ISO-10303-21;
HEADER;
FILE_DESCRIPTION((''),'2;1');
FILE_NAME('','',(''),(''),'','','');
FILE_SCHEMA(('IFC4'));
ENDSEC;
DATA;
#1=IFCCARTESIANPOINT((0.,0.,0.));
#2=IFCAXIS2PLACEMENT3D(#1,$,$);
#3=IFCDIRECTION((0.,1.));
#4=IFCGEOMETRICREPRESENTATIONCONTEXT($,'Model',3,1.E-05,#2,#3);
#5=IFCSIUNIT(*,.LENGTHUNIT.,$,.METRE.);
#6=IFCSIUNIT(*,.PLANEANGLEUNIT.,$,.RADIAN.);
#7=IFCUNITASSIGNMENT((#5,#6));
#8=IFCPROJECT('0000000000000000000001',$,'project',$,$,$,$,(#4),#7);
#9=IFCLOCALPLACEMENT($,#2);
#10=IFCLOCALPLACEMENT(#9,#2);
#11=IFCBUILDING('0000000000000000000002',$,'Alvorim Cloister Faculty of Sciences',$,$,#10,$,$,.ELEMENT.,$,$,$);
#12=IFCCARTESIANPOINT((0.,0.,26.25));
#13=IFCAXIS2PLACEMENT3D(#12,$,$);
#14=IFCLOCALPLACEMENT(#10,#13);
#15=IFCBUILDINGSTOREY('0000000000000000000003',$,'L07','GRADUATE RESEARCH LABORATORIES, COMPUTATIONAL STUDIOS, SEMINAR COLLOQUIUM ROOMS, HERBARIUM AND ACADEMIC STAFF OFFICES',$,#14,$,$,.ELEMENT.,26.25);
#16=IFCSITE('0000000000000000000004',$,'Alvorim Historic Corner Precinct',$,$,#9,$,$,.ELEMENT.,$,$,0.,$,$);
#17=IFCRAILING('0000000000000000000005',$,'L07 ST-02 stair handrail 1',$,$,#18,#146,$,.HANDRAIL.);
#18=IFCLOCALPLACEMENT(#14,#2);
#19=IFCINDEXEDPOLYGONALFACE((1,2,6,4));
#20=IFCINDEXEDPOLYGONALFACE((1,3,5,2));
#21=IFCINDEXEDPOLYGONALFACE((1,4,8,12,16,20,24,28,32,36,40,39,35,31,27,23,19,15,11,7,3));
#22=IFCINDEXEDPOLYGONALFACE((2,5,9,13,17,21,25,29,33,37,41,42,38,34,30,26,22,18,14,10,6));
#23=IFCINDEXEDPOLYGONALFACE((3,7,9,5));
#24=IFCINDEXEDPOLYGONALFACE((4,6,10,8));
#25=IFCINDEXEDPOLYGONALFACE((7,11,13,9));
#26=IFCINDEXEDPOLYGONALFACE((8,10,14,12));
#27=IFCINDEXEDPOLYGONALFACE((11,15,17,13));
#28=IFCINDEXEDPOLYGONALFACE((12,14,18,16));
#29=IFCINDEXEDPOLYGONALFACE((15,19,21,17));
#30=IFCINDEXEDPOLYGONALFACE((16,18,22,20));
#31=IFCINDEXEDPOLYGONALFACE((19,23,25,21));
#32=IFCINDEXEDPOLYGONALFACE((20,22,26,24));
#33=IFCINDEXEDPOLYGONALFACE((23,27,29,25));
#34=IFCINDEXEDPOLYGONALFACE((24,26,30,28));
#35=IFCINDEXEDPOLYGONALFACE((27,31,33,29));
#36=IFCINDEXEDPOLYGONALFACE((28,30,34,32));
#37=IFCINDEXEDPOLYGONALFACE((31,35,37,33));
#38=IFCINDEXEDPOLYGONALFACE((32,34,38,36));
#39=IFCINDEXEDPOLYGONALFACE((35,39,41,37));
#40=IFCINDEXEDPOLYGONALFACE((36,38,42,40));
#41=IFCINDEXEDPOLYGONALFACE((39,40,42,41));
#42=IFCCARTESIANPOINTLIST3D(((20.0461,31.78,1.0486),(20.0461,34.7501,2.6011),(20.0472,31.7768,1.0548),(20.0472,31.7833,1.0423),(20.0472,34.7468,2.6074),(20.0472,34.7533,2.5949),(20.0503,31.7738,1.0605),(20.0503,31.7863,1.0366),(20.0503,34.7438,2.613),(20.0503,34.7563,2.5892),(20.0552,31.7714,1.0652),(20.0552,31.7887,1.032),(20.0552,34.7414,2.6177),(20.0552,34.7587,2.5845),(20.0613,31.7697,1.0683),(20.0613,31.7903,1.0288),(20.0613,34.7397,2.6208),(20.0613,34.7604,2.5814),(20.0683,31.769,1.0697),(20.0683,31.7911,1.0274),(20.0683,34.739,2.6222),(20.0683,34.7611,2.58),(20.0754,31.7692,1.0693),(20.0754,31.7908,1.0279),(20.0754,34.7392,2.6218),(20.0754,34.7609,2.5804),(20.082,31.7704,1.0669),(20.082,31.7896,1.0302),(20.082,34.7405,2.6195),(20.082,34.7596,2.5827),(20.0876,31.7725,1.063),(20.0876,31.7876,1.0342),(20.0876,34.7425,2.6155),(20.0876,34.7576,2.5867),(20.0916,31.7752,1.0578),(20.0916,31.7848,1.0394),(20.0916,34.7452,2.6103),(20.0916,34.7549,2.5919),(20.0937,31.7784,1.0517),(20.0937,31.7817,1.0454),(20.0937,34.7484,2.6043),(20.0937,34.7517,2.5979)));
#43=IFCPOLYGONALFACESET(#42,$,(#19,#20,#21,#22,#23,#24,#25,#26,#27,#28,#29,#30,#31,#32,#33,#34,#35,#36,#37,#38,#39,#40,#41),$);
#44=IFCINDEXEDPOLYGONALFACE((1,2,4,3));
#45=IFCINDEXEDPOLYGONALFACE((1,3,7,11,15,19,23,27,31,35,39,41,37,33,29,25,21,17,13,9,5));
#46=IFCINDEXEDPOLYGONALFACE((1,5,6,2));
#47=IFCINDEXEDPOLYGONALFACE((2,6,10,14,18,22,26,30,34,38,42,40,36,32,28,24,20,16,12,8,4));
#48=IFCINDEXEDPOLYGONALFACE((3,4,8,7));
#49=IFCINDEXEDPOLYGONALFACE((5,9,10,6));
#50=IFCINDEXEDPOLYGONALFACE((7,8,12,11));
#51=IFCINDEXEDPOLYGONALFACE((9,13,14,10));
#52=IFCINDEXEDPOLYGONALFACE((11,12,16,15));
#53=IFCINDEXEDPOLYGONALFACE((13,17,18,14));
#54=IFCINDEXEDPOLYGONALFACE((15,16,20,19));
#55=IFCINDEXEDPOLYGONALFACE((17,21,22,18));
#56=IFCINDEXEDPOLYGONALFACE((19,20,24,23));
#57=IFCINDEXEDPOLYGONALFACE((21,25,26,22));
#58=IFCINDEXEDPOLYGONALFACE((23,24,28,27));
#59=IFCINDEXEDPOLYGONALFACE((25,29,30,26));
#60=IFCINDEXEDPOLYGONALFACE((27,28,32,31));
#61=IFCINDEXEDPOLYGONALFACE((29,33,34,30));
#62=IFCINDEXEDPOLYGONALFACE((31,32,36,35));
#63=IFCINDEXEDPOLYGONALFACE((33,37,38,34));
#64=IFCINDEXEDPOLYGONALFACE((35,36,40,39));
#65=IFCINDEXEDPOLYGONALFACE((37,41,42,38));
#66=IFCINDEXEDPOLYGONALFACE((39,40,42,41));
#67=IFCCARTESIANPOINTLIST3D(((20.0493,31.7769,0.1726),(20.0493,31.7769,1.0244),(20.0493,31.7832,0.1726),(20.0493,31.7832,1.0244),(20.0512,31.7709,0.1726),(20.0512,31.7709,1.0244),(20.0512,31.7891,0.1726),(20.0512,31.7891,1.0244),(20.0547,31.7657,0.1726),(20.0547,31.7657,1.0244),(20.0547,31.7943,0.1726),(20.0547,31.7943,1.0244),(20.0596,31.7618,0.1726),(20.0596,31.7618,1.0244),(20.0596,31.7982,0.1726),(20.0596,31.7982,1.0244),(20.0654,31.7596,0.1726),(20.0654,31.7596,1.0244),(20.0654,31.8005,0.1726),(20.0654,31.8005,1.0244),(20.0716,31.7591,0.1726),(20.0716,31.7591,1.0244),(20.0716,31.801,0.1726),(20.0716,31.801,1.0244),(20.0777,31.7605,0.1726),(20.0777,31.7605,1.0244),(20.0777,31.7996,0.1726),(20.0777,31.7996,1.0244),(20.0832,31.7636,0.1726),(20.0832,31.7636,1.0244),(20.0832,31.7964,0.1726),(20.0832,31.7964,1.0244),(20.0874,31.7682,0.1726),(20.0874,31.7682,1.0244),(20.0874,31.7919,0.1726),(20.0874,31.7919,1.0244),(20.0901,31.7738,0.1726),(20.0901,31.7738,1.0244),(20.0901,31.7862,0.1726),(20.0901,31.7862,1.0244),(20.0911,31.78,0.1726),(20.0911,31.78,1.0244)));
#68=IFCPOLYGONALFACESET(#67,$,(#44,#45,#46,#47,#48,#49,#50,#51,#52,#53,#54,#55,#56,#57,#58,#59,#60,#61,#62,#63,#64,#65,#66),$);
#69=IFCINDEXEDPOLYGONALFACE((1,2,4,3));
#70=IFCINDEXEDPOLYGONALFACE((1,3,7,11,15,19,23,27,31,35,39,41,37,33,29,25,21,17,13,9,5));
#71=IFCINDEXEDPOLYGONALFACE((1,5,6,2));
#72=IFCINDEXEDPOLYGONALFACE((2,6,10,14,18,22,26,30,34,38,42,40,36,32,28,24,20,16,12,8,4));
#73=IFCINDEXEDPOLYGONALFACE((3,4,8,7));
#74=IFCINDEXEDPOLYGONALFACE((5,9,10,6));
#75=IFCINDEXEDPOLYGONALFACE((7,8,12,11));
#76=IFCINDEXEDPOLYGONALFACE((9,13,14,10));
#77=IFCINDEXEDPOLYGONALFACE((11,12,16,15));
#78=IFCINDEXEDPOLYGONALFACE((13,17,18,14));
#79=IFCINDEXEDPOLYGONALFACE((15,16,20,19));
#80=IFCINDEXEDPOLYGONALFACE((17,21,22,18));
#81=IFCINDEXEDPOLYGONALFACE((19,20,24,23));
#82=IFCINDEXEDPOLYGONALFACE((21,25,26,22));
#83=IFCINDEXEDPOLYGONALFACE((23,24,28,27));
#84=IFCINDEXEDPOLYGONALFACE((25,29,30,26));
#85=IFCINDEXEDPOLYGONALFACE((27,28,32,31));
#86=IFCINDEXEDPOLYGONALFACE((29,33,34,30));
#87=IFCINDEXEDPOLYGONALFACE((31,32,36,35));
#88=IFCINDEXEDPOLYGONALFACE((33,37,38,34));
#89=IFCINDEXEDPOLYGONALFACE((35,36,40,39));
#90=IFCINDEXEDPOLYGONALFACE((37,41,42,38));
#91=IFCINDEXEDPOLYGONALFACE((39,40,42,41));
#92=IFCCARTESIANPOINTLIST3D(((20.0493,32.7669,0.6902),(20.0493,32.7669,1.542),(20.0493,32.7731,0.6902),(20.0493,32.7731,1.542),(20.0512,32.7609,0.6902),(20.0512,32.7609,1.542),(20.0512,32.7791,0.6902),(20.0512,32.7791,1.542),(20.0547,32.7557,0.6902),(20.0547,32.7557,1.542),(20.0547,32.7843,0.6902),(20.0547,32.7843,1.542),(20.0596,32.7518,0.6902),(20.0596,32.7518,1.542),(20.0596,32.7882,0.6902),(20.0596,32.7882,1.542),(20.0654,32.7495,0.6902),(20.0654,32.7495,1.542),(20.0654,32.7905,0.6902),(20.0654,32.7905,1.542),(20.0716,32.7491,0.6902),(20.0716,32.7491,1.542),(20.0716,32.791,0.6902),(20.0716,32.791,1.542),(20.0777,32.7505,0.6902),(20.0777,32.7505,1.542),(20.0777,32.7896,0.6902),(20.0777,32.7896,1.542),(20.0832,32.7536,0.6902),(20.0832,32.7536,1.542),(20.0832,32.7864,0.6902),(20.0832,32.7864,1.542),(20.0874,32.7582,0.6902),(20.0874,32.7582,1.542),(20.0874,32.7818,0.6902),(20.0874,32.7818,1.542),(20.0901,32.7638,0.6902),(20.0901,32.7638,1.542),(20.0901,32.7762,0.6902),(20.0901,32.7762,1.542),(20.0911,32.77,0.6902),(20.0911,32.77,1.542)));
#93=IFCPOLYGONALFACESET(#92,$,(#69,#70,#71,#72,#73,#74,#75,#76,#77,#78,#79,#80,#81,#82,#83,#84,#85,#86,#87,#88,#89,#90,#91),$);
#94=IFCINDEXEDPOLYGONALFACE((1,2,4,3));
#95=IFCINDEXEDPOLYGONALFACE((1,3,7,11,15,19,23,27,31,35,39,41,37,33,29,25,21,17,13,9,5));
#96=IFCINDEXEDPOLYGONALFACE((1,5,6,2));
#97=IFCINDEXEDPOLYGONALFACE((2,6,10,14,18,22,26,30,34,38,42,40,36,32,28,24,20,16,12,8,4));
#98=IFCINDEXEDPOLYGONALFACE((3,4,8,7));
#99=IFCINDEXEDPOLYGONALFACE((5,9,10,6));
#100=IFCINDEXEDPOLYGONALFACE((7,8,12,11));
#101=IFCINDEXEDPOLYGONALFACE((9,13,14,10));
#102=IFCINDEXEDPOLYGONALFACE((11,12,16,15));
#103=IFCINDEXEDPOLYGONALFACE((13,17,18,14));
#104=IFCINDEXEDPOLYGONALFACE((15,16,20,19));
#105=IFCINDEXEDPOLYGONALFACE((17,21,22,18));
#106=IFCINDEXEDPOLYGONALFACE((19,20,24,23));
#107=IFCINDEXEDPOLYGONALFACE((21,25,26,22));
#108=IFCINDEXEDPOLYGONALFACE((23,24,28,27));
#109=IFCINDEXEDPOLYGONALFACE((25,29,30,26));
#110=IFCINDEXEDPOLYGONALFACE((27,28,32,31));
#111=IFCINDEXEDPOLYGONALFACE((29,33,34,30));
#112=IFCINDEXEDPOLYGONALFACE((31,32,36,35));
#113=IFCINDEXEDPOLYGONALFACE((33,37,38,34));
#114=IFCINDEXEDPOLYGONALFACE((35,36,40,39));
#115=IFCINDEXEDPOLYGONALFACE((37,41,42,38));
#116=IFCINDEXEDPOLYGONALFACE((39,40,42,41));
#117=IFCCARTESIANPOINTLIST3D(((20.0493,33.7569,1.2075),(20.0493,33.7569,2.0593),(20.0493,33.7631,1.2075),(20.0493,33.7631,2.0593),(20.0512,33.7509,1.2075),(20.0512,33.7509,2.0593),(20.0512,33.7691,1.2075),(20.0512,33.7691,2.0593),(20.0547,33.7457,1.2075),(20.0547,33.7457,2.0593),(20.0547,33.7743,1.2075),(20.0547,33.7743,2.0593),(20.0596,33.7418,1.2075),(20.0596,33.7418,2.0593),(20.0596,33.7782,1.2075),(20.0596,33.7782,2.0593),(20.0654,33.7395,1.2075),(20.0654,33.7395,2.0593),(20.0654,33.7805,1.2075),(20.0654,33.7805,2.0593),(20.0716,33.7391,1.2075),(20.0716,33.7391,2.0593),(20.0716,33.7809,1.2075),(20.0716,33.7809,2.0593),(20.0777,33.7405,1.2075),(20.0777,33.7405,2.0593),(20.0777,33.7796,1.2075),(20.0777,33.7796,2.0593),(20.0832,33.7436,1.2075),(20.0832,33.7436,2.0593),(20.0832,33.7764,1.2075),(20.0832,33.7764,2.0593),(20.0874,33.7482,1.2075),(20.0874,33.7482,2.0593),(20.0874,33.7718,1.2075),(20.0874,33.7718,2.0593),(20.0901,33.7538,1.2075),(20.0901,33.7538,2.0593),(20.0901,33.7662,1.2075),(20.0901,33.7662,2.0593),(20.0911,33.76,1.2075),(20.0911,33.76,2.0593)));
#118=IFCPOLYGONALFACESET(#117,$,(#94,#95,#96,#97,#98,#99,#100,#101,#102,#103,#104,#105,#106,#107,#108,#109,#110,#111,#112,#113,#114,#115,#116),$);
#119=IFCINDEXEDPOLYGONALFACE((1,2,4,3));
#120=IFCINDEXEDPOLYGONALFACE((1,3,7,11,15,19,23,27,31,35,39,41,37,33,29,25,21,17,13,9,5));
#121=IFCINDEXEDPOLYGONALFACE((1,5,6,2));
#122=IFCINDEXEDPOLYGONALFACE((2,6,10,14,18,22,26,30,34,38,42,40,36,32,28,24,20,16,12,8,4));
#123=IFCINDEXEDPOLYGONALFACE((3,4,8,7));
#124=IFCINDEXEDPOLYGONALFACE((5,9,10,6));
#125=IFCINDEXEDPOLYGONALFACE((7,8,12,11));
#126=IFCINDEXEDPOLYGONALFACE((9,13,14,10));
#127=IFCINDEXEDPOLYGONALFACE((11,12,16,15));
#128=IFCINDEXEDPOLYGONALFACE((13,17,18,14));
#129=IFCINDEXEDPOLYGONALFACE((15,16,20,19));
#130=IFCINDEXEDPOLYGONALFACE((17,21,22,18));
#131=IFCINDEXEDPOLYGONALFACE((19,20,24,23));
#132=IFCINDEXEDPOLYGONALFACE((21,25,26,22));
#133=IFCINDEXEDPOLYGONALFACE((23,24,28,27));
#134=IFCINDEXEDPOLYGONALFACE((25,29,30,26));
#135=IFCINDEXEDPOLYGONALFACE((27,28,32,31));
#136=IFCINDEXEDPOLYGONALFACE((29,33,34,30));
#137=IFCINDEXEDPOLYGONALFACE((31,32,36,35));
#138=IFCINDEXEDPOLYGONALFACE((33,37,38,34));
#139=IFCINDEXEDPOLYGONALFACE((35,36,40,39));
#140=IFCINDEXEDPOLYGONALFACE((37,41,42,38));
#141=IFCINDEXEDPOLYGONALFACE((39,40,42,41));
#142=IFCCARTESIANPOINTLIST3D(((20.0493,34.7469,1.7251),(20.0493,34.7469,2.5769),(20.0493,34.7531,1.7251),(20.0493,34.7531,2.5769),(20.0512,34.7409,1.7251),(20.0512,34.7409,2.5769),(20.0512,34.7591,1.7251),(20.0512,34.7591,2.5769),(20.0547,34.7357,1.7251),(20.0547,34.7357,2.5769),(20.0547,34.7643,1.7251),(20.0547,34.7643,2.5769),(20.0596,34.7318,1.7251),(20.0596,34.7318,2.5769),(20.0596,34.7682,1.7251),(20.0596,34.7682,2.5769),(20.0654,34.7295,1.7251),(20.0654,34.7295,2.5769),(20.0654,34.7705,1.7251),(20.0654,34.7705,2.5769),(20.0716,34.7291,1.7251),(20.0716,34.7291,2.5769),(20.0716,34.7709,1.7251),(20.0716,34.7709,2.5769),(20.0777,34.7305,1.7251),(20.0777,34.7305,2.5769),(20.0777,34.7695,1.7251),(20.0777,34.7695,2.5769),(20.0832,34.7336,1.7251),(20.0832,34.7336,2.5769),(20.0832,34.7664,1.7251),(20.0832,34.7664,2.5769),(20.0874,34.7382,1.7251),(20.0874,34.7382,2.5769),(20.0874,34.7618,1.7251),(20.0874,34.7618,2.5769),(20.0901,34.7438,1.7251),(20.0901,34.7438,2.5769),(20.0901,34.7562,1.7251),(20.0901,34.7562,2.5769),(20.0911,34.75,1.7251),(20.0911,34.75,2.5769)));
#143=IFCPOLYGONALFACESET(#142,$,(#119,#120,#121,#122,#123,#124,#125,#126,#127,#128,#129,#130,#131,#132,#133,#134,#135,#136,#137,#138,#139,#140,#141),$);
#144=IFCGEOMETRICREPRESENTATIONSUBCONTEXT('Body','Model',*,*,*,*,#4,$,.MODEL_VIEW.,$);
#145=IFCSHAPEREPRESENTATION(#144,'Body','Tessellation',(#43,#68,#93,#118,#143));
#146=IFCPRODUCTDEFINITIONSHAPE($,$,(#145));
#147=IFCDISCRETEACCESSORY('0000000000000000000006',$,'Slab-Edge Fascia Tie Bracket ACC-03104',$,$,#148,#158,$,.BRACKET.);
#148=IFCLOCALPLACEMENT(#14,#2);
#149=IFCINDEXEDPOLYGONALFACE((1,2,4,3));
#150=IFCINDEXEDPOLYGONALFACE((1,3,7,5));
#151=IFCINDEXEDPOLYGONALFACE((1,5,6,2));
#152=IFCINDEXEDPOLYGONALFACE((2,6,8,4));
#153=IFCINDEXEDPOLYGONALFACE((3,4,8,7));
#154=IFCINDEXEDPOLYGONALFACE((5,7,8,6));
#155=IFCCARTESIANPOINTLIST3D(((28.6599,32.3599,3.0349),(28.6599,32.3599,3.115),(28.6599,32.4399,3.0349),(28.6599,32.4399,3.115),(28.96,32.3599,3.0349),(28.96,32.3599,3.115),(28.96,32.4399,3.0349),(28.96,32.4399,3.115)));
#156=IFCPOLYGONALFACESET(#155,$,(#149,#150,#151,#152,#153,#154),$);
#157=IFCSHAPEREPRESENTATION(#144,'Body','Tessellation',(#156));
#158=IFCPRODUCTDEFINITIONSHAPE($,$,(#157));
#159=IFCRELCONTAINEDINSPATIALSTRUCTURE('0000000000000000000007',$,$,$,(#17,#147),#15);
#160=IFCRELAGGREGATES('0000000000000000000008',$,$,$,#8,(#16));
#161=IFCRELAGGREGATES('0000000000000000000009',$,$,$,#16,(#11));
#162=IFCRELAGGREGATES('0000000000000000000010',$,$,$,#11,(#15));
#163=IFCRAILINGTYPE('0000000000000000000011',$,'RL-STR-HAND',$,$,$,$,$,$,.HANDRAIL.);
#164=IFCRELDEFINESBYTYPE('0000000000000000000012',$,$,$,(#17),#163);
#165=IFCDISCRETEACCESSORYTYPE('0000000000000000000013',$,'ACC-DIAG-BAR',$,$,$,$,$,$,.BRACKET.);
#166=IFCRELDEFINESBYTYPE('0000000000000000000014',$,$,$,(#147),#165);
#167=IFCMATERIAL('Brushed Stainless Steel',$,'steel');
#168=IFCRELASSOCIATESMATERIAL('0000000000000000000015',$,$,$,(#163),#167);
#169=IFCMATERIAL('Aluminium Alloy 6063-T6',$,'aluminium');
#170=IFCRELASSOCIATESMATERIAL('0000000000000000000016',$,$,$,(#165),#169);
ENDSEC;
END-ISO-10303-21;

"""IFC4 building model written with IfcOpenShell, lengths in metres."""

from ifc_helpers import new_model, si_unit, direction, frame, origin, origin_2d, place, context, subcontext, project, spatial, rectangle, circle, extrude, material, type_object, element, save


model = new_model("IFC4")

# Units and contexts
model_context = context("Model", 3, precision=1e-05, world=origin(), true_north=direction((0.0, 1.0)))
body_context = subcontext(model_context, "Body", "Model", "MODEL_VIEW")
ifc_project = project(units=[si_unit("LENGTHUNIT", "METRE"), si_unit("PLANEANGLEUNIT", "RADIAN")], contexts=[model_context])

# Site, building, storey
site_placement = place(None, origin())
site = spatial("IfcSite", under=ifc_project, at=site_placement, Name="Alvorim Historic Corner Precinct", CompositionType="ELEMENT", RefElevation=0.0)
building_placement = place(site_placement, origin())
building = spatial("IfcBuilding", under=site, at=building_placement, Name="Alvorim Cloister Faculty of Sciences", CompositionType="ELEMENT")
storey_placement = place(building_placement, frame((0.0, 0.0, 26.25)))
storey = spatial("IfcBuildingStorey", under=building, at=storey_placement, Name="L07", Description="GRADUATE RESEARCH LABORATORIES, COMPUTATIONAL STUDIOS, SEMINAR COLLOQUIUM ROOMS, HERBARIUM AND ACADEMIC STAFF OFFICES", CompositionType="ELEMENT", Elevation=26.25)

# Shared definitions
ifc_material_1 = material(Name="Aluminium Alloy 6063-T6", Category="aluminium")

# Shared definitions
ifc_material_2 = material(Name="Brushed Stainless Steel", Category="steel")

# Railing
railing_type_1 = type_object("IfcRailingType", Name="RL-STR-HAND", PredefinedType="HANDRAIL", material=ifc_material_2)
railing_1_placement = place(storey_placement, frame((20.0701, 31.78, 0.1726)))
element("IfcRailing", 1, at=railing_1_placement, inside=storey, type_object=railing_type_1, Name="L07 ST-02 stair handrail 1", PredefinedType="HANDRAIL", context=body_context, shape_type="SweptSolid", body=[
    extrude(circle(Radius=0.0239, at=origin_2d()), frame((0.0, 0.0, 0.876), z_axis=(0.0, 0.886225, 0.463256), x_axis=(-1.0, 0.0, 0.0)), (0.0, 0.0, 1.0), 3.3513),
    extrude(circle(Radius=0.021, at=origin_2d()), origin(), (0.0, 0.0, 1.0), 0.8518),
    extrude(circle(Radius=0.021, at=origin_2d()), frame((0.0, 0.99, 0.5176)), (0.0, 0.0, 1.0), 0.8518),
    extrude(circle(Radius=0.021, at=origin_2d()), frame((0.0, 1.98, 1.0349)), (0.0, 0.0, 1.0), 0.8518),
    extrude(circle(Radius=0.021, at=origin_2d()), frame((0.0, 2.97, 1.5525)), (0.0, 0.0, 1.0), 0.8518),
])

# Discrete accessory
discrete_accessory_type = type_object("IfcDiscreteAccessoryType", Name="ACC-DIAG-BAR", PredefinedType="BRACKET", material=ifc_material_1)
discrete_accessory_placement = place(storey_placement, frame((28.6599, 32.3999, 3.075), z_axis=(1.0, 0.0, 0.0), x_axis=(0.0, 1.0, 0.0)))
element("IfcDiscreteAccessory", 2, at=discrete_accessory_placement, inside=storey, type_object=discrete_accessory_type, Name="Slab-Edge Fascia Tie Bracket ACC-03104", PredefinedType="BRACKET", context=body_context, shape_type="SweptSolid", body=[
    extrude(rectangle(XDim=0.0801, YDim=0.0801, at=origin_2d()), origin(), (0.0, 0.0, 1.0), 0.3),
])

save(model, "model.ifc")
